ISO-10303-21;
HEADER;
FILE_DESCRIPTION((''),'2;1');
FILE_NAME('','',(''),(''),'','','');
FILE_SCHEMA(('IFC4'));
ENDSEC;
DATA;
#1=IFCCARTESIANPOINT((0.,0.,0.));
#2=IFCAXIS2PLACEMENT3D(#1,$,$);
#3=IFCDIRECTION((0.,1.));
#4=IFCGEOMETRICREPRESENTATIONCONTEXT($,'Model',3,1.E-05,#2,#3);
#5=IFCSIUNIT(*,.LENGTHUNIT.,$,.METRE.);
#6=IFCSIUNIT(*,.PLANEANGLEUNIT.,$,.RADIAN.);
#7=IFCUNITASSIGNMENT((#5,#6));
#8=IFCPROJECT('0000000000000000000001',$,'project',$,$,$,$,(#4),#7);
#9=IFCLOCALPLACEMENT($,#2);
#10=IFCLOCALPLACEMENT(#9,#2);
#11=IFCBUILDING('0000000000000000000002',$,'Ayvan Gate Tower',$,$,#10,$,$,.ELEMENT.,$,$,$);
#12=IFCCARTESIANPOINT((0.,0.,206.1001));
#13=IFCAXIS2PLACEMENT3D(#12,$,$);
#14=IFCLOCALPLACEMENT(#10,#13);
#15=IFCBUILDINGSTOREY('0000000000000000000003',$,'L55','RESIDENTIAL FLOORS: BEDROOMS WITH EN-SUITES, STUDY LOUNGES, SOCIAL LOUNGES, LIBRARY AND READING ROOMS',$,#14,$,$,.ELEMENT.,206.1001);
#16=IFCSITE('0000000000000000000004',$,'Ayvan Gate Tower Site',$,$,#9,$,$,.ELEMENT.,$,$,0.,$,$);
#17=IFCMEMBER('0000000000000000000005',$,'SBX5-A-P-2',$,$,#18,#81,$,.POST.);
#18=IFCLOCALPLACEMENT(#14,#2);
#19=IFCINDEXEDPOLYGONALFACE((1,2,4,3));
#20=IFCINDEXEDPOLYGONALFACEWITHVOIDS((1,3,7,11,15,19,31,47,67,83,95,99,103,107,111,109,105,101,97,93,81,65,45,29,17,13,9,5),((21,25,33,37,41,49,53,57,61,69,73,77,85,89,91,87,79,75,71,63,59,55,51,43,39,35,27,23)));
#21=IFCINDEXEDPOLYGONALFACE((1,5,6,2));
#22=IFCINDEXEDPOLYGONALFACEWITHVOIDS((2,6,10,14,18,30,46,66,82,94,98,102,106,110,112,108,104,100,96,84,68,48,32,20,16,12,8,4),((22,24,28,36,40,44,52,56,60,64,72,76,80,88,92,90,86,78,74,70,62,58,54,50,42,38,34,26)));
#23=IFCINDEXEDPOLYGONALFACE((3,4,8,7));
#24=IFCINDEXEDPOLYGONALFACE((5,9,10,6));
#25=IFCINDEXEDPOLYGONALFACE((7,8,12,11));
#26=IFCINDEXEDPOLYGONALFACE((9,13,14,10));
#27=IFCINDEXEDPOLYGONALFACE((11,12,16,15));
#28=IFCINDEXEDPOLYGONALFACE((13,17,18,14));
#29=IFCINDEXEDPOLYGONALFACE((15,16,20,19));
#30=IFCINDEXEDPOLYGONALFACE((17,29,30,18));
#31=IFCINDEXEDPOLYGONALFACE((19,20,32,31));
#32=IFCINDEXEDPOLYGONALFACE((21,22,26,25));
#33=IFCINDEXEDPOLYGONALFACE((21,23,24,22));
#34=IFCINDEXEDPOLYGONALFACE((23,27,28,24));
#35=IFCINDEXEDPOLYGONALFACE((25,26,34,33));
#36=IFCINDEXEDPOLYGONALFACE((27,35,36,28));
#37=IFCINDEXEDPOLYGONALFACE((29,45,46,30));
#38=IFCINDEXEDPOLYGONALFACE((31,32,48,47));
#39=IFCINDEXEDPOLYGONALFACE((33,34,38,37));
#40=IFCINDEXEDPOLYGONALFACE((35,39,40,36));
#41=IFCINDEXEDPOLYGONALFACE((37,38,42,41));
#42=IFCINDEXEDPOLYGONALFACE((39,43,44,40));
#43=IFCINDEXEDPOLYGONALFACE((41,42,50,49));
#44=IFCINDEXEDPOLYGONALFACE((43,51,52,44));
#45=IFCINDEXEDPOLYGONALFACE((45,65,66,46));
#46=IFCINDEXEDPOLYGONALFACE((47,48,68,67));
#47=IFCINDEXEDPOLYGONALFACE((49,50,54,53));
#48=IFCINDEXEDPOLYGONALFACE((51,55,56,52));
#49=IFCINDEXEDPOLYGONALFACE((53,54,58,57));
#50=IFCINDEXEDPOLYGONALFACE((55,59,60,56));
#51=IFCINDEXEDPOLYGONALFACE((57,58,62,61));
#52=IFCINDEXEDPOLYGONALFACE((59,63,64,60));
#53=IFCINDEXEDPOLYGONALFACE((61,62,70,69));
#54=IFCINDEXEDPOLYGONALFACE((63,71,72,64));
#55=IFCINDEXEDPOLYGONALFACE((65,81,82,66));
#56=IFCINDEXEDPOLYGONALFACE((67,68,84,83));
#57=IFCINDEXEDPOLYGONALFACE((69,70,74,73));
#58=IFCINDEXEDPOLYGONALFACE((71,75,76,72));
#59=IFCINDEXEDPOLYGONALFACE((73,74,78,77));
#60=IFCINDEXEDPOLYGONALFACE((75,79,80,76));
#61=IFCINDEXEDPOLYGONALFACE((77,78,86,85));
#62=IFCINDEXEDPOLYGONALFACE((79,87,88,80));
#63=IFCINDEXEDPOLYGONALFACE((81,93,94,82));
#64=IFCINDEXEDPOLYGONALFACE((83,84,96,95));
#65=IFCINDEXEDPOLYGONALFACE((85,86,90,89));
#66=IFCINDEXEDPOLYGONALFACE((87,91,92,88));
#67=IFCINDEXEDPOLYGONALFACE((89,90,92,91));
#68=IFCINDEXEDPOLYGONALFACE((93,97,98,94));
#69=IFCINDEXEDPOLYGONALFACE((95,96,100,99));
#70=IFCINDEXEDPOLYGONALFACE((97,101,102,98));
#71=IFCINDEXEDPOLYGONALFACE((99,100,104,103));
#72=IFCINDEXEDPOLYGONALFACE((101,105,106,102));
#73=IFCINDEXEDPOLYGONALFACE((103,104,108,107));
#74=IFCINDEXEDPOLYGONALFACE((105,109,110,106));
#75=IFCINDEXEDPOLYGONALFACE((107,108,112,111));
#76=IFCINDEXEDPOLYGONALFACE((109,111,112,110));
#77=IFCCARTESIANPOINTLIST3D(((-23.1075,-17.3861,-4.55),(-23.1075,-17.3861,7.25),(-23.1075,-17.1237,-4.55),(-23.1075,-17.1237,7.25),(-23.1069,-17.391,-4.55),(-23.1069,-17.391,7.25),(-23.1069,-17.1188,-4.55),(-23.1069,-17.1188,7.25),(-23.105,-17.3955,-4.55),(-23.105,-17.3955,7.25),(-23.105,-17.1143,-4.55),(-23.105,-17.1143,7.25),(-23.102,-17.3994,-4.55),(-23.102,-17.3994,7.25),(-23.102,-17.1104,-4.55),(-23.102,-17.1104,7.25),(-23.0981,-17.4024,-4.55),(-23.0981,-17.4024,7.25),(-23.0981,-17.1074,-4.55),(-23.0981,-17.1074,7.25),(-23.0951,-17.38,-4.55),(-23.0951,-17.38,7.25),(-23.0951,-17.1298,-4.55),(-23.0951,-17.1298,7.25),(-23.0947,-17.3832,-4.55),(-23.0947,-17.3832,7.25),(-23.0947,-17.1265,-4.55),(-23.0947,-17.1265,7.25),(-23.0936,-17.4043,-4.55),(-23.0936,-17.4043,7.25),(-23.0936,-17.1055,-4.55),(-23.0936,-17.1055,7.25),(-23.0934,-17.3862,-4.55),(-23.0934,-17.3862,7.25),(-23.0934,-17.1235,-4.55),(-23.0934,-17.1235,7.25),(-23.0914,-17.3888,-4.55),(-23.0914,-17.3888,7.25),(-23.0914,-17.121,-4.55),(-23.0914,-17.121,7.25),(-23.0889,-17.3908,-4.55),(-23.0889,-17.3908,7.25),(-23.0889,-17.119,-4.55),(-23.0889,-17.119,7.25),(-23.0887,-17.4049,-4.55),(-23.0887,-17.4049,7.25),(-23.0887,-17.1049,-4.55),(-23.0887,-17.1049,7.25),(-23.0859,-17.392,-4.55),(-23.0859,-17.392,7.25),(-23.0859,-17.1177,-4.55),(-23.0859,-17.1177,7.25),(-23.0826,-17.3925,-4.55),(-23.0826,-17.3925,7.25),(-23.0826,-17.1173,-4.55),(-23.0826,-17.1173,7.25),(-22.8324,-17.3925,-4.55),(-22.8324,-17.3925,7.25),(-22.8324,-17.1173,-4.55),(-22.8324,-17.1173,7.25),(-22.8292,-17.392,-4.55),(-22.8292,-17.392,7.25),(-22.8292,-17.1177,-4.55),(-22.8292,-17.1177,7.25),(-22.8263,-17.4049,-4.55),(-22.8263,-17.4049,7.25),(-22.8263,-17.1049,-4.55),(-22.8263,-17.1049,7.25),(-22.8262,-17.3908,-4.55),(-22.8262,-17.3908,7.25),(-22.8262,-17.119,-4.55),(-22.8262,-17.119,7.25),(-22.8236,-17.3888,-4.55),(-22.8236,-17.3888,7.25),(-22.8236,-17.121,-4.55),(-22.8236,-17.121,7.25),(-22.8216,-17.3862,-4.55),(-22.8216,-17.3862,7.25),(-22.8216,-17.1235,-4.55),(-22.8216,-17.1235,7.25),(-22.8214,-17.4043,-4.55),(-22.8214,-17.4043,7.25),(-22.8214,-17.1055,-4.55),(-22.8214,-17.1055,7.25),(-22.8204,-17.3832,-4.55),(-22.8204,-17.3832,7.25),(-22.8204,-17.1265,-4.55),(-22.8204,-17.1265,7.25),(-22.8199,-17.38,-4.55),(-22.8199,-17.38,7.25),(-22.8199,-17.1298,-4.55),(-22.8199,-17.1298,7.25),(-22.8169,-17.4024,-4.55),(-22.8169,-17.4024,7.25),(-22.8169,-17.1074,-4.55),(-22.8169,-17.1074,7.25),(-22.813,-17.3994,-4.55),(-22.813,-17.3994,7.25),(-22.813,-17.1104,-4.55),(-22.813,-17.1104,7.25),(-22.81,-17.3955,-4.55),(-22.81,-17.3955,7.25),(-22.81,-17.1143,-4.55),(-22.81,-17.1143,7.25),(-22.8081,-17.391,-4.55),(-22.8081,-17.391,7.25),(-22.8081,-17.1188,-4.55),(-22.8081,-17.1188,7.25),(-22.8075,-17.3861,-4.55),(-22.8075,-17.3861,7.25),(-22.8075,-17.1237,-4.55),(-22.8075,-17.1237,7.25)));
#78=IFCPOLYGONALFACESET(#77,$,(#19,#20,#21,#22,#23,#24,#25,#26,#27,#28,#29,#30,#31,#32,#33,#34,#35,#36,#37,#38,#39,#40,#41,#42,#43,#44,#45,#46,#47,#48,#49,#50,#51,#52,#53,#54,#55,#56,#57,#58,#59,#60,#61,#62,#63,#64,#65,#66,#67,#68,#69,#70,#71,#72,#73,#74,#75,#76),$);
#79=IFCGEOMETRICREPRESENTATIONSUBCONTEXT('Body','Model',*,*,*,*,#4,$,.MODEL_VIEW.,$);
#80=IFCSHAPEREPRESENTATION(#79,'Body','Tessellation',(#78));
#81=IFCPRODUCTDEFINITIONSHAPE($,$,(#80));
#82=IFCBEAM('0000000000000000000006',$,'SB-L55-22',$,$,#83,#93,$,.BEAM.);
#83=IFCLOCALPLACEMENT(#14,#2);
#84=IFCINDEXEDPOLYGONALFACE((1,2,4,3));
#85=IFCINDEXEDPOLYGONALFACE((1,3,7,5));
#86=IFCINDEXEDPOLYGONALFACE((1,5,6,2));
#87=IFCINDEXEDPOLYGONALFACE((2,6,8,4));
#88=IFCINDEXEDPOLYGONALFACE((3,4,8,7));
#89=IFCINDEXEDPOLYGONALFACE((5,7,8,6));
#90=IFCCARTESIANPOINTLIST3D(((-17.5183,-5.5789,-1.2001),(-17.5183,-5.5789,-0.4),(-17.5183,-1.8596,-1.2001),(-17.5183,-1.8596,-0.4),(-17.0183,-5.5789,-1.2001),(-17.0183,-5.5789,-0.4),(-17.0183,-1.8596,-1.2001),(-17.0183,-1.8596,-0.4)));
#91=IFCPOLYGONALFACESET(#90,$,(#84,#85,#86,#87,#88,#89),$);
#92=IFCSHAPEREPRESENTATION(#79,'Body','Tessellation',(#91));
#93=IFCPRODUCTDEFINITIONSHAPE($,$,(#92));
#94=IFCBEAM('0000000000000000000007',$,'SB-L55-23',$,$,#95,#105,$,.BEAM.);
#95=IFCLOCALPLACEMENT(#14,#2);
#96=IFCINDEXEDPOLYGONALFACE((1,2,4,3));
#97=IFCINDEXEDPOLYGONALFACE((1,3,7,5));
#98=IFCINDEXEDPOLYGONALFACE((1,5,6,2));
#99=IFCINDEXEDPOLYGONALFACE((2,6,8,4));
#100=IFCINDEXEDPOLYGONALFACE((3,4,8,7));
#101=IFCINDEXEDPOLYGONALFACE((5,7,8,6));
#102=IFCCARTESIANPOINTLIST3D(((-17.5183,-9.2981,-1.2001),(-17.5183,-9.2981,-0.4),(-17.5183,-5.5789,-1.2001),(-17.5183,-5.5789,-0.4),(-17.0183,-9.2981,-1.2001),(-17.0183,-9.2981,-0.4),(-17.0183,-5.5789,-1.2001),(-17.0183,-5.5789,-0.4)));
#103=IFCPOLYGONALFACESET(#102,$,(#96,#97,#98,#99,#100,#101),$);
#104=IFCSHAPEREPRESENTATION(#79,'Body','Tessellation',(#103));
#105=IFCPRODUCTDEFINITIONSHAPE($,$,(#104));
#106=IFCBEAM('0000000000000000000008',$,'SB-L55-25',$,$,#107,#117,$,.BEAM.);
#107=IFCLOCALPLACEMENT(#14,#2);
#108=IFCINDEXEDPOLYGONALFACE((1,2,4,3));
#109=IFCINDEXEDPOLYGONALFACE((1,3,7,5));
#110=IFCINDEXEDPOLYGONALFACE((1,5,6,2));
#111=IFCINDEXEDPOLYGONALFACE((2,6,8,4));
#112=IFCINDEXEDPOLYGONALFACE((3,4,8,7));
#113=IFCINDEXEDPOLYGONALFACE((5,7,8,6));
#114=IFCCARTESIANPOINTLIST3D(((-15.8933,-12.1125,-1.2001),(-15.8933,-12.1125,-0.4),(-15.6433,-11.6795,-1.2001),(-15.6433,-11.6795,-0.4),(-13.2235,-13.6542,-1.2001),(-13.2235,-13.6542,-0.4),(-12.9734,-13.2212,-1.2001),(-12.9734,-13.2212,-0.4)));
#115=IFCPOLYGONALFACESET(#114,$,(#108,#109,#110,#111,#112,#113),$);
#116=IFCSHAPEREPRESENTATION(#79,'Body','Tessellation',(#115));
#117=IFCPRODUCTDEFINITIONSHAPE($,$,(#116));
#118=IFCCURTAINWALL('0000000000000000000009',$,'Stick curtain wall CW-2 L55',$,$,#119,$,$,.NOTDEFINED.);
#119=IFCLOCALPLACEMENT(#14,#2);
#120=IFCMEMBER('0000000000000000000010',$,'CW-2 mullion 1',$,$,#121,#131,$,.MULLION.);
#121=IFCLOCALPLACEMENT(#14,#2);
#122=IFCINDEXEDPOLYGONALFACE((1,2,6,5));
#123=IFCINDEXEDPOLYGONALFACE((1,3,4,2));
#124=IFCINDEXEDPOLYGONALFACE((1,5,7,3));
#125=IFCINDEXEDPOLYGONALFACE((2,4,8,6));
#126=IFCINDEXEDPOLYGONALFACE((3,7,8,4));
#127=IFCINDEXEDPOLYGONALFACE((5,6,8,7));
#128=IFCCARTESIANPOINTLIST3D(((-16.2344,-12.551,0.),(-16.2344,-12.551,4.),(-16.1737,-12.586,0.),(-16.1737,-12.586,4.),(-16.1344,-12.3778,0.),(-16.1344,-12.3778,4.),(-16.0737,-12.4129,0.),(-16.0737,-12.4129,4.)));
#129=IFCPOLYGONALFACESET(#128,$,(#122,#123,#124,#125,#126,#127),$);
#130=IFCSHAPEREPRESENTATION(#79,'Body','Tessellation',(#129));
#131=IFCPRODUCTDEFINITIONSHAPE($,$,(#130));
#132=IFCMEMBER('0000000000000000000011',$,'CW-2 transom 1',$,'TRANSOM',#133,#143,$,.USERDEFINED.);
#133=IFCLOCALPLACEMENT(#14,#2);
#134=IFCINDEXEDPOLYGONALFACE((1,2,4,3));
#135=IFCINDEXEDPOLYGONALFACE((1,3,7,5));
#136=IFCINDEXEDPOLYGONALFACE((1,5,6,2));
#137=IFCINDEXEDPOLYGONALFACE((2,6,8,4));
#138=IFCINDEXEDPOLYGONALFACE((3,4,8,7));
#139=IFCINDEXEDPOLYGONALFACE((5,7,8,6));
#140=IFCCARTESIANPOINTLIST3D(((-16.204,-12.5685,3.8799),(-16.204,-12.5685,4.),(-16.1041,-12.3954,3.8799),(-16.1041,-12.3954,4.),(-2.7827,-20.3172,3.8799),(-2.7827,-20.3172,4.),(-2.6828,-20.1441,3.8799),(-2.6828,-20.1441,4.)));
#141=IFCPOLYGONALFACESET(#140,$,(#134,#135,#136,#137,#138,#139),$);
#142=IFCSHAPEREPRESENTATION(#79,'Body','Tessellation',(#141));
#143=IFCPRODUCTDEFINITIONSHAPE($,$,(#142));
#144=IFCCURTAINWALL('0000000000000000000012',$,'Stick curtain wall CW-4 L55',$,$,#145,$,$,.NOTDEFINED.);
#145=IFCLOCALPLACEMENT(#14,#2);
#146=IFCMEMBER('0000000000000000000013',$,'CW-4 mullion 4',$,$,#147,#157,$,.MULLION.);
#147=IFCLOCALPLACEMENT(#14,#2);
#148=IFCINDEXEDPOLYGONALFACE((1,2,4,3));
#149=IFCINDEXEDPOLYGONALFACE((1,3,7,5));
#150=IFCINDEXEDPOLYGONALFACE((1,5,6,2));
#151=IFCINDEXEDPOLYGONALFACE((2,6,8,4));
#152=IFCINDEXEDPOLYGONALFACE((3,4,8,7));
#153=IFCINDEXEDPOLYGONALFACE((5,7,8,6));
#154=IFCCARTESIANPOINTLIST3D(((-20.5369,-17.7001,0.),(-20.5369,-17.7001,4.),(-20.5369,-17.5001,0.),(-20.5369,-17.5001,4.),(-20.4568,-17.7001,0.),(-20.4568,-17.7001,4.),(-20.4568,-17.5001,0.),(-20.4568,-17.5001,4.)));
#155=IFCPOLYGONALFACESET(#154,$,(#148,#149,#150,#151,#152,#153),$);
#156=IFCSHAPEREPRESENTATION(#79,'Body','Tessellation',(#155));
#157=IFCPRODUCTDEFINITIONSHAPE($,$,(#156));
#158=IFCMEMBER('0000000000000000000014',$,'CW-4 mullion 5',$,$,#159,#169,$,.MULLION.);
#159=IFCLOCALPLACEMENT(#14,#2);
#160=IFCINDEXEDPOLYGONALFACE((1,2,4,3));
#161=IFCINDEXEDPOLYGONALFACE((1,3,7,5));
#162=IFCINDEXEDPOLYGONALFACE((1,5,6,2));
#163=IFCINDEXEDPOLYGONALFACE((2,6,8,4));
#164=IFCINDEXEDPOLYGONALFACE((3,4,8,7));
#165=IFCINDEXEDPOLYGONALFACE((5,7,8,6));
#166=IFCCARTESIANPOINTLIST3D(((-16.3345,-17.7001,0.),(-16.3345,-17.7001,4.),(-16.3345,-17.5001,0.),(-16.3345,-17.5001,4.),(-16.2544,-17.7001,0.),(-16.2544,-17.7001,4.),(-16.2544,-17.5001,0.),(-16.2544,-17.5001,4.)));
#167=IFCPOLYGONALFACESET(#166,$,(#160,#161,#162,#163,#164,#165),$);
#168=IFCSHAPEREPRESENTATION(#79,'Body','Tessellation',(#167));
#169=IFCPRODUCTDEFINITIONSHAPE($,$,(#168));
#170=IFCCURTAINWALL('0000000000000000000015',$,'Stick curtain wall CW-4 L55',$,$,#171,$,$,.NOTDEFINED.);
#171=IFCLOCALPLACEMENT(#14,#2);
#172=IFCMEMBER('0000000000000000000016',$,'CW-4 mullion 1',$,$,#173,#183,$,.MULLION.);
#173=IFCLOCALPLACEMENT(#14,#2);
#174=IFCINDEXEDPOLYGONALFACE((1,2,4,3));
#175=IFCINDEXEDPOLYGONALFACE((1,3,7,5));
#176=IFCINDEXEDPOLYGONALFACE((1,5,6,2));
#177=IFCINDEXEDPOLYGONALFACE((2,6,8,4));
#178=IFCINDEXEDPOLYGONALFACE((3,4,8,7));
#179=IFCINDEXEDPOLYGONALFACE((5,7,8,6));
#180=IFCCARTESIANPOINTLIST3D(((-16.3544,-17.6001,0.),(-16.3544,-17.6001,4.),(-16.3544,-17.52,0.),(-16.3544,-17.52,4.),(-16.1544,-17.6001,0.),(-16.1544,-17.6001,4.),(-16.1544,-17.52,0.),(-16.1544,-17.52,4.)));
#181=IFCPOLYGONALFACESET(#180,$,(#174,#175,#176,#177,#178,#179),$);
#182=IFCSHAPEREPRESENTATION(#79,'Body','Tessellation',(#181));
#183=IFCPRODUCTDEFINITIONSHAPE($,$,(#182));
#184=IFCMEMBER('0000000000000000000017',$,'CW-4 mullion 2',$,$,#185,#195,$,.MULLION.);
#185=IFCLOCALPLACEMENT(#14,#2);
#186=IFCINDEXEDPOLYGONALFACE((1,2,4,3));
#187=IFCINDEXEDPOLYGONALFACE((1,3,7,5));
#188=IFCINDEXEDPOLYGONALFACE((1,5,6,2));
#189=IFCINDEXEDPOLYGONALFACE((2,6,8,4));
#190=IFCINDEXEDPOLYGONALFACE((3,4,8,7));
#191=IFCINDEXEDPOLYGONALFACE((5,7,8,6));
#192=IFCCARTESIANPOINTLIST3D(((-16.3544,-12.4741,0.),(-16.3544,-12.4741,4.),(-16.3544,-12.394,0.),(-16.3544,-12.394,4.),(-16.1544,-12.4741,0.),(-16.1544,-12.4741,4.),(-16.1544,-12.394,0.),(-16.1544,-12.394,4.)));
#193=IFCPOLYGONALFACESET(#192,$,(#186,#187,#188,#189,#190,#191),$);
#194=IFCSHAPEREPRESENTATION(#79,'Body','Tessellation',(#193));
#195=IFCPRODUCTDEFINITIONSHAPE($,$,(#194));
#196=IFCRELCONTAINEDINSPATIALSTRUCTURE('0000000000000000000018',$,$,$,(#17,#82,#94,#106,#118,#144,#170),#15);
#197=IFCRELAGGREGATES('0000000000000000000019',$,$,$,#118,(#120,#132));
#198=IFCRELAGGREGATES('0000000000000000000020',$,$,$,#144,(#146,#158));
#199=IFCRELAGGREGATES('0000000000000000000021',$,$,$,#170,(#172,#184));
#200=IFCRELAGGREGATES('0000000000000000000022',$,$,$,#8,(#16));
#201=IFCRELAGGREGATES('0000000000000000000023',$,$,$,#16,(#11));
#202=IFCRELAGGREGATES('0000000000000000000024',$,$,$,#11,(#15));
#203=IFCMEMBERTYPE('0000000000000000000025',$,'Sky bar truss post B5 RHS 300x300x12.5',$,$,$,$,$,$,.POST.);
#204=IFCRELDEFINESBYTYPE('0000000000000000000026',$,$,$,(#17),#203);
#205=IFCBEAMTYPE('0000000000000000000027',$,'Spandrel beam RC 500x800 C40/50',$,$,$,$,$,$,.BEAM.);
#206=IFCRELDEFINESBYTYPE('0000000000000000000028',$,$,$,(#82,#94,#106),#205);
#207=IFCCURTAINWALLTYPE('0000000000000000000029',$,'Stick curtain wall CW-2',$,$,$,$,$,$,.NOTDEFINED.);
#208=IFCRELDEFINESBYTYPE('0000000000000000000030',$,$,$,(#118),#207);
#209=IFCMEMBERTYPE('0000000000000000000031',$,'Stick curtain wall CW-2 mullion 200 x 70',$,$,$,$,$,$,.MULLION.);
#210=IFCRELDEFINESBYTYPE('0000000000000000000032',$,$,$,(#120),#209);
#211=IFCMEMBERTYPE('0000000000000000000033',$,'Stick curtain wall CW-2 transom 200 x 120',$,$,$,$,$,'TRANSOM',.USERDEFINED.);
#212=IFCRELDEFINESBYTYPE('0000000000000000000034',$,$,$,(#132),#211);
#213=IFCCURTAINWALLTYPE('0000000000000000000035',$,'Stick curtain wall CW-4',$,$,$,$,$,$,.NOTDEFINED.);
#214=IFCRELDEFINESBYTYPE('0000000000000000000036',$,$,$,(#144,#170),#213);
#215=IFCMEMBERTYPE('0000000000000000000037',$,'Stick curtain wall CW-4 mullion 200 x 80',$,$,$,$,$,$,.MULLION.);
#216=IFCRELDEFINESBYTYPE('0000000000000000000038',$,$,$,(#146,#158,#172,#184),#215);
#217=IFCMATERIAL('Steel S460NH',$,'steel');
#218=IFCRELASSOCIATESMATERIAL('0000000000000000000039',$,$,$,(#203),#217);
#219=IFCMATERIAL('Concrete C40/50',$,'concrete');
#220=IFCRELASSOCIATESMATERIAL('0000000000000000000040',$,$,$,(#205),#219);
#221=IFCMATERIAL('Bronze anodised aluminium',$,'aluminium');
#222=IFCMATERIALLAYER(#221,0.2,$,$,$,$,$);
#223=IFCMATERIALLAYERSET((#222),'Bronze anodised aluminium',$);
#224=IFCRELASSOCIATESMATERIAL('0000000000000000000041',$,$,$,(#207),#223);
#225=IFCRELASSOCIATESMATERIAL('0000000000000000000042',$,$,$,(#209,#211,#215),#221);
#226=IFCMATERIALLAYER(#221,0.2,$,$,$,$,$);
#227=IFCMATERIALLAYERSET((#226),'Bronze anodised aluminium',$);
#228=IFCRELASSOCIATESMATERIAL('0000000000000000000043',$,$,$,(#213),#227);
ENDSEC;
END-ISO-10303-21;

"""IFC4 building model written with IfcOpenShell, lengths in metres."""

from ifc_helpers import new_model, si_unit, direction, frame, origin, origin_2d, place, context, subcontext, project, spatial, rectangle, hollow_rectangle, extrude, material, layer, layer_set, material_profile, profile_set, type_object, element, aggregate, save


model = new_model("IFC4")

# Units and contexts
model_context = context("Model", 3, precision=1e-05, world=origin(), true_north=direction((0.0, 1.0)))
body_context = subcontext(model_context, "Body", "Model", "MODEL_VIEW")
ifc_project = project(units=[si_unit("LENGTHUNIT", "METRE"), si_unit("PLANEANGLEUNIT", "RADIAN")], contexts=[model_context])

# Site, building, storey
site_placement = place(None, origin())
site = spatial("IfcSite", under=ifc_project, at=site_placement, Name="Ayvan Gate Tower Site", CompositionType="ELEMENT", RefElevation=0.0)
building_placement = place(site_placement, origin())
building = spatial("IfcBuilding", under=site, at=building_placement, Name="Ayvan Gate Tower", CompositionType="ELEMENT")
storey_placement = place(building_placement, frame((0.0, 0.0, 206.1001)))
storey = spatial("IfcBuildingStorey", under=building, at=storey_placement, Name="L55", Description="RESIDENTIAL FLOORS: BEDROOMS WITH EN-SUITES, STUDY LOUNGES, SOCIAL LOUNGES, LIBRARY AND READING ROOMS", CompositionType="ELEMENT", Elevation=206.1001)

# Shared definitions
ifc_material_1 = material(Name="Concrete C40/50", Category="concrete")

# Member
ifc_material_2 = material(Name="Steel S460NH", Category="steel")
ifc_material_profile_1 = material_profile(ifc_material_2, hollow_rectangle(XDim=0.3, YDim=0.3, WallThickness=0.0125, InnerFilletRadius=0.0125, OuterFilletRadius=0.0188, at=origin_2d()), Name="RHS 300x300x12.5")
ifc_profile_set_1 = profile_set([ifc_material_profile_1], Name="Steel S460NH")
member_type_1 = type_object("IfcMemberType", Name="Sky bar truss post B5 RHS 300x300x12.5", PredefinedType="POST", material=ifc_profile_set_1)
for number, where, z_axis, x_axis, name in (
    (1, (-22.9575, -17.2549, -4.55), (0.0, 0.0, 1.0), (1.0, 0.0, 0.0), "SBX5-A-P-2"),
):
    element("IfcMember", number, at=place(storey_placement, frame(where, z_axis=z_axis, x_axis=x_axis)), inside=storey, type_object=member_type_1, Name=name, PredefinedType="POST", context=body_context, shape_type="SweptSolid", body=[
        extrude(hollow_rectangle(XDim=0.3, YDim=0.3, WallThickness=0.0125, InnerFilletRadius=0.0125, OuterFilletRadius=0.0188, at=origin_2d()), origin(), (0.0, 0.0, 1.0), 11.8),
    ])

# Beams
ifc_material_profile_2 = material_profile(ifc_material_1, rectangle(XDim=0.5, YDim=0.8, at=origin_2d()), Name="RC 500x800")
ifc_profile_set_2 = profile_set([ifc_material_profile_2], Name="Concrete C40/50")
beam_type_1 = type_object("IfcBeamType", Name="Spandrel beam RC 500x800 C40/50", PredefinedType="BEAM", material=ifc_profile_set_2)
for number, where, z_axis, x_axis, name in (
    (2, (-17.2683, -1.8596, -0.8), (0.0, -1.0, 0.0), (1.0, 0.0, 0.0), "SB-L55-22"),
    (3, (-17.2683, -5.5789, -0.8), (0.0, -1.0, 0.0), (1.0, 0.0, 0.0), "SB-L55-23"),
):
    element("IfcBeam", number, at=place(storey_placement, frame(where, z_axis=z_axis, x_axis=x_axis)), inside=storey, type_object=beam_type_1, Name=name, PredefinedType="BEAM", context=body_context, shape_type="SweptSolid", body=[
        extrude(rectangle(XDim=0.5, YDim=0.8, at=origin_2d()), origin(), (0.0, 0.0, 1.0), 3.7192),
    ])
beam_1_placement = place(storey_placement, frame((-15.7683, -11.896, -0.8), z_axis=(0.865988, -0.500065, 0.0), x_axis=(0.500065, 0.865988, 0.0)))
element("IfcBeam", 4, at=beam_1_placement, inside=storey, type_object=beam_type_1, Name="SB-L55-25", PredefinedType="BEAM", context=body_context, shape_type="SweptSolid", body=[
    extrude(rectangle(XDim=0.5, YDim=0.8, at=origin_2d()), origin(), (0.0, 0.0, 1.0), 3.083),
])

# Curtain walls, members
ifc_material_3 = material(Name="Bronze anodised aluminium", Category="aluminium")
ifc_layer_1 = layer(ifc_material_3, 0.2)
ifc_layer_set_1 = layer_set([ifc_layer_1], Name="Bronze anodised aluminium")
curtain_wall_type_1 = type_object("IfcCurtainWallType", Name="Stick curtain wall CW-2", PredefinedType="NOTDEFINED", material=ifc_layer_set_1)
curtain_wall_1_placement = place(storey_placement, origin())
curtain_wall_1 = element("IfcCurtainWall", 5, at=curtain_wall_1_placement, inside=storey, type_object=curtain_wall_type_1, Name="Stick curtain wall CW-2 L55", PredefinedType="NOTDEFINED")
ifc_material_profile_3 = material_profile(ifc_material_3, rectangle(XDim=0.2, YDim=0.0701, at=origin_2d()), Name="Stick curtain wall CW-2 mullion 200 x 70")
ifc_profile_set_3 = profile_set([ifc_material_profile_3], Name="Bronze anodised aluminium")
member_type_2 = type_object("IfcMemberType", Name="Stick curtain wall CW-2 mullion 200 x 70", PredefinedType="MULLION", material=ifc_profile_set_3)
member_1_placement = place(storey_placement, frame((-16.1541, -12.4819, 0.0), z_axis=(0.0, 0.0, 1.0), x_axis=(-0.5, -0.866025, 0.0)))
member_1 = element("IfcMember", 6, at=member_1_placement, type_object=member_type_2, Name="CW-2 mullion 1", PredefinedType="MULLION", context=body_context, shape_type="SweptSolid", body=[
    extrude(rectangle(XDim=0.2, YDim=0.0701, at=origin_2d()), origin(), (0.0, 0.0, 1.0), 4.0),
])
ifc_material_profile_4 = material_profile(ifc_material_3, rectangle(XDim=0.2, YDim=0.1201, at=origin_2d()), Name="Stick curtain wall CW-2 transom 200 x 120")
ifc_profile_set_4 = profile_set([ifc_material_profile_4], Name="Bronze anodised aluminium")
member_type_3 = type_object("IfcMemberType", Name="Stick curtain wall CW-2 transom 200 x 120", ElementType="TRANSOM", PredefinedType="USERDEFINED", material=ifc_profile_set_4)
member_2_placement = place(storey_placement, frame((-16.1541, -12.4819, 3.9399), z_axis=(0.866027, -0.499997, 0.0), x_axis=(0.499997, 0.866027, 0.0)))
member_2 = element("IfcMember", 7, at=member_2_placement, type_object=member_type_3, Name="CW-2 transom 1", ObjectType="TRANSOM", PredefinedType="USERDEFINED", context=body_context, shape_type="SweptSolid", body=[
    extrude(rectangle(XDim=0.2, YDim=0.1201, at=origin_2d()), origin(), (0.0, 0.0, 1.0), 15.4976),
])
aggregate(curtain_wall_1, [member_1, member_2])
ifc_layer_2 = layer(ifc_material_3, 0.2)
ifc_layer_set_2 = layer_set([ifc_layer_2], Name="Bronze anodised aluminium")
curtain_wall_type_2 = type_object("IfcCurtainWallType", Name="Stick curtain wall CW-4", PredefinedType="NOTDEFINED", material=ifc_layer_set_2)
curtain_wall_2_placement = place(storey_placement, origin())
curtain_wall_2 = element("IfcCurtainWall", 8, at=curtain_wall_2_placement, inside=storey, type_object=curtain_wall_type_2, Name="Stick curtain wall CW-4 L55", PredefinedType="NOTDEFINED")
ifc_material_profile_5 = material_profile(ifc_material_3, rectangle(XDim=0.2, YDim=0.0801, at=origin_2d()), Name="Stick curtain wall CW-4 mullion 200 x 80")
ifc_profile_set_5 = profile_set([ifc_material_profile_5], Name="Bronze anodised aluminium")
member_type_4 = type_object("IfcMemberType", Name="Stick curtain wall CW-4 mullion 200 x 80", PredefinedType="MULLION", material=ifc_profile_set_5)
member_3_placement = place(storey_placement, frame((-20.4968, -17.6001, 0.0), z_axis=(0.0, 0.0, 1.0), x_axis=(0.0, -1.0, 0.0)))
member_3 = element("IfcMember", 9, at=member_3_placement, type_object=member_type_4, Name="CW-4 mullion 4", PredefinedType="MULLION", context=body_context, shape_type="SweptSolid", body=[
    extrude(rectangle(XDim=0.2, YDim=0.0801, at=origin_2d()), origin(), (0.0, 0.0, 1.0), 4.0),
])
member_4_placement = place(storey_placement, frame((-16.2944, -17.6001, 0.0), z_axis=(0.0, 0.0, 1.0), x_axis=(0.0, -1.0, 0.0)))
member_4 = element("IfcMember", 10, at=member_4_placement, type_object=member_type_4, Name="CW-4 mullion 5", PredefinedType="MULLION", context=body_context, shape_type="SweptSolid", body=[
    extrude(rectangle(XDim=0.2, YDim=0.0801, at=origin_2d()), origin(), (0.0, 0.0, 1.0), 4.0),
])
curtain_wall_3_placement = place(storey_placement, origin())
curtain_wall_3 = element("IfcCurtainWall", 11, at=curtain_wall_3_placement, inside=storey, type_object=curtain_wall_type_2, Name="Stick curtain wall CW-4 L55", PredefinedType="NOTDEFINED")
member_5_placement = place(storey_placement, frame((-16.2544, -17.5601, 0.0), z_axis=(0.0, 0.0, 1.0), x_axis=(1.0, 0.0, 0.0)))
member_5 = element("IfcMember", 12, at=member_5_placement, type_object=member_type_4, Name="CW-4 mullion 1", PredefinedType="MULLION", context=body_context, shape_type="SweptSolid", body=[
    extrude(rectangle(XDim=0.2, YDim=0.0801, at=origin_2d()), origin(), (0.0, 0.0, 1.0), 4.0),
])
member_6_placement = place(storey_placement, frame((-16.2544, -12.4341, 0.0), z_axis=(0.0, 0.0, 1.0), x_axis=(1.0, 0.0, 0.0)))
member_6 = element("IfcMember", 13, at=member_6_placement, type_object=member_type_4, Name="CW-4 mullion 2", PredefinedType="MULLION", context=body_context, shape_type="SweptSolid", body=[
    extrude(rectangle(XDim=0.2, YDim=0.0801, at=origin_2d()), origin(), (0.0, 0.0, 1.0), 4.0),
])

aggregate(curtain_wall_2, [member_3, member_4])
aggregate(curtain_wall_3, [member_5, member_6])

save(model, "model.ifc")
